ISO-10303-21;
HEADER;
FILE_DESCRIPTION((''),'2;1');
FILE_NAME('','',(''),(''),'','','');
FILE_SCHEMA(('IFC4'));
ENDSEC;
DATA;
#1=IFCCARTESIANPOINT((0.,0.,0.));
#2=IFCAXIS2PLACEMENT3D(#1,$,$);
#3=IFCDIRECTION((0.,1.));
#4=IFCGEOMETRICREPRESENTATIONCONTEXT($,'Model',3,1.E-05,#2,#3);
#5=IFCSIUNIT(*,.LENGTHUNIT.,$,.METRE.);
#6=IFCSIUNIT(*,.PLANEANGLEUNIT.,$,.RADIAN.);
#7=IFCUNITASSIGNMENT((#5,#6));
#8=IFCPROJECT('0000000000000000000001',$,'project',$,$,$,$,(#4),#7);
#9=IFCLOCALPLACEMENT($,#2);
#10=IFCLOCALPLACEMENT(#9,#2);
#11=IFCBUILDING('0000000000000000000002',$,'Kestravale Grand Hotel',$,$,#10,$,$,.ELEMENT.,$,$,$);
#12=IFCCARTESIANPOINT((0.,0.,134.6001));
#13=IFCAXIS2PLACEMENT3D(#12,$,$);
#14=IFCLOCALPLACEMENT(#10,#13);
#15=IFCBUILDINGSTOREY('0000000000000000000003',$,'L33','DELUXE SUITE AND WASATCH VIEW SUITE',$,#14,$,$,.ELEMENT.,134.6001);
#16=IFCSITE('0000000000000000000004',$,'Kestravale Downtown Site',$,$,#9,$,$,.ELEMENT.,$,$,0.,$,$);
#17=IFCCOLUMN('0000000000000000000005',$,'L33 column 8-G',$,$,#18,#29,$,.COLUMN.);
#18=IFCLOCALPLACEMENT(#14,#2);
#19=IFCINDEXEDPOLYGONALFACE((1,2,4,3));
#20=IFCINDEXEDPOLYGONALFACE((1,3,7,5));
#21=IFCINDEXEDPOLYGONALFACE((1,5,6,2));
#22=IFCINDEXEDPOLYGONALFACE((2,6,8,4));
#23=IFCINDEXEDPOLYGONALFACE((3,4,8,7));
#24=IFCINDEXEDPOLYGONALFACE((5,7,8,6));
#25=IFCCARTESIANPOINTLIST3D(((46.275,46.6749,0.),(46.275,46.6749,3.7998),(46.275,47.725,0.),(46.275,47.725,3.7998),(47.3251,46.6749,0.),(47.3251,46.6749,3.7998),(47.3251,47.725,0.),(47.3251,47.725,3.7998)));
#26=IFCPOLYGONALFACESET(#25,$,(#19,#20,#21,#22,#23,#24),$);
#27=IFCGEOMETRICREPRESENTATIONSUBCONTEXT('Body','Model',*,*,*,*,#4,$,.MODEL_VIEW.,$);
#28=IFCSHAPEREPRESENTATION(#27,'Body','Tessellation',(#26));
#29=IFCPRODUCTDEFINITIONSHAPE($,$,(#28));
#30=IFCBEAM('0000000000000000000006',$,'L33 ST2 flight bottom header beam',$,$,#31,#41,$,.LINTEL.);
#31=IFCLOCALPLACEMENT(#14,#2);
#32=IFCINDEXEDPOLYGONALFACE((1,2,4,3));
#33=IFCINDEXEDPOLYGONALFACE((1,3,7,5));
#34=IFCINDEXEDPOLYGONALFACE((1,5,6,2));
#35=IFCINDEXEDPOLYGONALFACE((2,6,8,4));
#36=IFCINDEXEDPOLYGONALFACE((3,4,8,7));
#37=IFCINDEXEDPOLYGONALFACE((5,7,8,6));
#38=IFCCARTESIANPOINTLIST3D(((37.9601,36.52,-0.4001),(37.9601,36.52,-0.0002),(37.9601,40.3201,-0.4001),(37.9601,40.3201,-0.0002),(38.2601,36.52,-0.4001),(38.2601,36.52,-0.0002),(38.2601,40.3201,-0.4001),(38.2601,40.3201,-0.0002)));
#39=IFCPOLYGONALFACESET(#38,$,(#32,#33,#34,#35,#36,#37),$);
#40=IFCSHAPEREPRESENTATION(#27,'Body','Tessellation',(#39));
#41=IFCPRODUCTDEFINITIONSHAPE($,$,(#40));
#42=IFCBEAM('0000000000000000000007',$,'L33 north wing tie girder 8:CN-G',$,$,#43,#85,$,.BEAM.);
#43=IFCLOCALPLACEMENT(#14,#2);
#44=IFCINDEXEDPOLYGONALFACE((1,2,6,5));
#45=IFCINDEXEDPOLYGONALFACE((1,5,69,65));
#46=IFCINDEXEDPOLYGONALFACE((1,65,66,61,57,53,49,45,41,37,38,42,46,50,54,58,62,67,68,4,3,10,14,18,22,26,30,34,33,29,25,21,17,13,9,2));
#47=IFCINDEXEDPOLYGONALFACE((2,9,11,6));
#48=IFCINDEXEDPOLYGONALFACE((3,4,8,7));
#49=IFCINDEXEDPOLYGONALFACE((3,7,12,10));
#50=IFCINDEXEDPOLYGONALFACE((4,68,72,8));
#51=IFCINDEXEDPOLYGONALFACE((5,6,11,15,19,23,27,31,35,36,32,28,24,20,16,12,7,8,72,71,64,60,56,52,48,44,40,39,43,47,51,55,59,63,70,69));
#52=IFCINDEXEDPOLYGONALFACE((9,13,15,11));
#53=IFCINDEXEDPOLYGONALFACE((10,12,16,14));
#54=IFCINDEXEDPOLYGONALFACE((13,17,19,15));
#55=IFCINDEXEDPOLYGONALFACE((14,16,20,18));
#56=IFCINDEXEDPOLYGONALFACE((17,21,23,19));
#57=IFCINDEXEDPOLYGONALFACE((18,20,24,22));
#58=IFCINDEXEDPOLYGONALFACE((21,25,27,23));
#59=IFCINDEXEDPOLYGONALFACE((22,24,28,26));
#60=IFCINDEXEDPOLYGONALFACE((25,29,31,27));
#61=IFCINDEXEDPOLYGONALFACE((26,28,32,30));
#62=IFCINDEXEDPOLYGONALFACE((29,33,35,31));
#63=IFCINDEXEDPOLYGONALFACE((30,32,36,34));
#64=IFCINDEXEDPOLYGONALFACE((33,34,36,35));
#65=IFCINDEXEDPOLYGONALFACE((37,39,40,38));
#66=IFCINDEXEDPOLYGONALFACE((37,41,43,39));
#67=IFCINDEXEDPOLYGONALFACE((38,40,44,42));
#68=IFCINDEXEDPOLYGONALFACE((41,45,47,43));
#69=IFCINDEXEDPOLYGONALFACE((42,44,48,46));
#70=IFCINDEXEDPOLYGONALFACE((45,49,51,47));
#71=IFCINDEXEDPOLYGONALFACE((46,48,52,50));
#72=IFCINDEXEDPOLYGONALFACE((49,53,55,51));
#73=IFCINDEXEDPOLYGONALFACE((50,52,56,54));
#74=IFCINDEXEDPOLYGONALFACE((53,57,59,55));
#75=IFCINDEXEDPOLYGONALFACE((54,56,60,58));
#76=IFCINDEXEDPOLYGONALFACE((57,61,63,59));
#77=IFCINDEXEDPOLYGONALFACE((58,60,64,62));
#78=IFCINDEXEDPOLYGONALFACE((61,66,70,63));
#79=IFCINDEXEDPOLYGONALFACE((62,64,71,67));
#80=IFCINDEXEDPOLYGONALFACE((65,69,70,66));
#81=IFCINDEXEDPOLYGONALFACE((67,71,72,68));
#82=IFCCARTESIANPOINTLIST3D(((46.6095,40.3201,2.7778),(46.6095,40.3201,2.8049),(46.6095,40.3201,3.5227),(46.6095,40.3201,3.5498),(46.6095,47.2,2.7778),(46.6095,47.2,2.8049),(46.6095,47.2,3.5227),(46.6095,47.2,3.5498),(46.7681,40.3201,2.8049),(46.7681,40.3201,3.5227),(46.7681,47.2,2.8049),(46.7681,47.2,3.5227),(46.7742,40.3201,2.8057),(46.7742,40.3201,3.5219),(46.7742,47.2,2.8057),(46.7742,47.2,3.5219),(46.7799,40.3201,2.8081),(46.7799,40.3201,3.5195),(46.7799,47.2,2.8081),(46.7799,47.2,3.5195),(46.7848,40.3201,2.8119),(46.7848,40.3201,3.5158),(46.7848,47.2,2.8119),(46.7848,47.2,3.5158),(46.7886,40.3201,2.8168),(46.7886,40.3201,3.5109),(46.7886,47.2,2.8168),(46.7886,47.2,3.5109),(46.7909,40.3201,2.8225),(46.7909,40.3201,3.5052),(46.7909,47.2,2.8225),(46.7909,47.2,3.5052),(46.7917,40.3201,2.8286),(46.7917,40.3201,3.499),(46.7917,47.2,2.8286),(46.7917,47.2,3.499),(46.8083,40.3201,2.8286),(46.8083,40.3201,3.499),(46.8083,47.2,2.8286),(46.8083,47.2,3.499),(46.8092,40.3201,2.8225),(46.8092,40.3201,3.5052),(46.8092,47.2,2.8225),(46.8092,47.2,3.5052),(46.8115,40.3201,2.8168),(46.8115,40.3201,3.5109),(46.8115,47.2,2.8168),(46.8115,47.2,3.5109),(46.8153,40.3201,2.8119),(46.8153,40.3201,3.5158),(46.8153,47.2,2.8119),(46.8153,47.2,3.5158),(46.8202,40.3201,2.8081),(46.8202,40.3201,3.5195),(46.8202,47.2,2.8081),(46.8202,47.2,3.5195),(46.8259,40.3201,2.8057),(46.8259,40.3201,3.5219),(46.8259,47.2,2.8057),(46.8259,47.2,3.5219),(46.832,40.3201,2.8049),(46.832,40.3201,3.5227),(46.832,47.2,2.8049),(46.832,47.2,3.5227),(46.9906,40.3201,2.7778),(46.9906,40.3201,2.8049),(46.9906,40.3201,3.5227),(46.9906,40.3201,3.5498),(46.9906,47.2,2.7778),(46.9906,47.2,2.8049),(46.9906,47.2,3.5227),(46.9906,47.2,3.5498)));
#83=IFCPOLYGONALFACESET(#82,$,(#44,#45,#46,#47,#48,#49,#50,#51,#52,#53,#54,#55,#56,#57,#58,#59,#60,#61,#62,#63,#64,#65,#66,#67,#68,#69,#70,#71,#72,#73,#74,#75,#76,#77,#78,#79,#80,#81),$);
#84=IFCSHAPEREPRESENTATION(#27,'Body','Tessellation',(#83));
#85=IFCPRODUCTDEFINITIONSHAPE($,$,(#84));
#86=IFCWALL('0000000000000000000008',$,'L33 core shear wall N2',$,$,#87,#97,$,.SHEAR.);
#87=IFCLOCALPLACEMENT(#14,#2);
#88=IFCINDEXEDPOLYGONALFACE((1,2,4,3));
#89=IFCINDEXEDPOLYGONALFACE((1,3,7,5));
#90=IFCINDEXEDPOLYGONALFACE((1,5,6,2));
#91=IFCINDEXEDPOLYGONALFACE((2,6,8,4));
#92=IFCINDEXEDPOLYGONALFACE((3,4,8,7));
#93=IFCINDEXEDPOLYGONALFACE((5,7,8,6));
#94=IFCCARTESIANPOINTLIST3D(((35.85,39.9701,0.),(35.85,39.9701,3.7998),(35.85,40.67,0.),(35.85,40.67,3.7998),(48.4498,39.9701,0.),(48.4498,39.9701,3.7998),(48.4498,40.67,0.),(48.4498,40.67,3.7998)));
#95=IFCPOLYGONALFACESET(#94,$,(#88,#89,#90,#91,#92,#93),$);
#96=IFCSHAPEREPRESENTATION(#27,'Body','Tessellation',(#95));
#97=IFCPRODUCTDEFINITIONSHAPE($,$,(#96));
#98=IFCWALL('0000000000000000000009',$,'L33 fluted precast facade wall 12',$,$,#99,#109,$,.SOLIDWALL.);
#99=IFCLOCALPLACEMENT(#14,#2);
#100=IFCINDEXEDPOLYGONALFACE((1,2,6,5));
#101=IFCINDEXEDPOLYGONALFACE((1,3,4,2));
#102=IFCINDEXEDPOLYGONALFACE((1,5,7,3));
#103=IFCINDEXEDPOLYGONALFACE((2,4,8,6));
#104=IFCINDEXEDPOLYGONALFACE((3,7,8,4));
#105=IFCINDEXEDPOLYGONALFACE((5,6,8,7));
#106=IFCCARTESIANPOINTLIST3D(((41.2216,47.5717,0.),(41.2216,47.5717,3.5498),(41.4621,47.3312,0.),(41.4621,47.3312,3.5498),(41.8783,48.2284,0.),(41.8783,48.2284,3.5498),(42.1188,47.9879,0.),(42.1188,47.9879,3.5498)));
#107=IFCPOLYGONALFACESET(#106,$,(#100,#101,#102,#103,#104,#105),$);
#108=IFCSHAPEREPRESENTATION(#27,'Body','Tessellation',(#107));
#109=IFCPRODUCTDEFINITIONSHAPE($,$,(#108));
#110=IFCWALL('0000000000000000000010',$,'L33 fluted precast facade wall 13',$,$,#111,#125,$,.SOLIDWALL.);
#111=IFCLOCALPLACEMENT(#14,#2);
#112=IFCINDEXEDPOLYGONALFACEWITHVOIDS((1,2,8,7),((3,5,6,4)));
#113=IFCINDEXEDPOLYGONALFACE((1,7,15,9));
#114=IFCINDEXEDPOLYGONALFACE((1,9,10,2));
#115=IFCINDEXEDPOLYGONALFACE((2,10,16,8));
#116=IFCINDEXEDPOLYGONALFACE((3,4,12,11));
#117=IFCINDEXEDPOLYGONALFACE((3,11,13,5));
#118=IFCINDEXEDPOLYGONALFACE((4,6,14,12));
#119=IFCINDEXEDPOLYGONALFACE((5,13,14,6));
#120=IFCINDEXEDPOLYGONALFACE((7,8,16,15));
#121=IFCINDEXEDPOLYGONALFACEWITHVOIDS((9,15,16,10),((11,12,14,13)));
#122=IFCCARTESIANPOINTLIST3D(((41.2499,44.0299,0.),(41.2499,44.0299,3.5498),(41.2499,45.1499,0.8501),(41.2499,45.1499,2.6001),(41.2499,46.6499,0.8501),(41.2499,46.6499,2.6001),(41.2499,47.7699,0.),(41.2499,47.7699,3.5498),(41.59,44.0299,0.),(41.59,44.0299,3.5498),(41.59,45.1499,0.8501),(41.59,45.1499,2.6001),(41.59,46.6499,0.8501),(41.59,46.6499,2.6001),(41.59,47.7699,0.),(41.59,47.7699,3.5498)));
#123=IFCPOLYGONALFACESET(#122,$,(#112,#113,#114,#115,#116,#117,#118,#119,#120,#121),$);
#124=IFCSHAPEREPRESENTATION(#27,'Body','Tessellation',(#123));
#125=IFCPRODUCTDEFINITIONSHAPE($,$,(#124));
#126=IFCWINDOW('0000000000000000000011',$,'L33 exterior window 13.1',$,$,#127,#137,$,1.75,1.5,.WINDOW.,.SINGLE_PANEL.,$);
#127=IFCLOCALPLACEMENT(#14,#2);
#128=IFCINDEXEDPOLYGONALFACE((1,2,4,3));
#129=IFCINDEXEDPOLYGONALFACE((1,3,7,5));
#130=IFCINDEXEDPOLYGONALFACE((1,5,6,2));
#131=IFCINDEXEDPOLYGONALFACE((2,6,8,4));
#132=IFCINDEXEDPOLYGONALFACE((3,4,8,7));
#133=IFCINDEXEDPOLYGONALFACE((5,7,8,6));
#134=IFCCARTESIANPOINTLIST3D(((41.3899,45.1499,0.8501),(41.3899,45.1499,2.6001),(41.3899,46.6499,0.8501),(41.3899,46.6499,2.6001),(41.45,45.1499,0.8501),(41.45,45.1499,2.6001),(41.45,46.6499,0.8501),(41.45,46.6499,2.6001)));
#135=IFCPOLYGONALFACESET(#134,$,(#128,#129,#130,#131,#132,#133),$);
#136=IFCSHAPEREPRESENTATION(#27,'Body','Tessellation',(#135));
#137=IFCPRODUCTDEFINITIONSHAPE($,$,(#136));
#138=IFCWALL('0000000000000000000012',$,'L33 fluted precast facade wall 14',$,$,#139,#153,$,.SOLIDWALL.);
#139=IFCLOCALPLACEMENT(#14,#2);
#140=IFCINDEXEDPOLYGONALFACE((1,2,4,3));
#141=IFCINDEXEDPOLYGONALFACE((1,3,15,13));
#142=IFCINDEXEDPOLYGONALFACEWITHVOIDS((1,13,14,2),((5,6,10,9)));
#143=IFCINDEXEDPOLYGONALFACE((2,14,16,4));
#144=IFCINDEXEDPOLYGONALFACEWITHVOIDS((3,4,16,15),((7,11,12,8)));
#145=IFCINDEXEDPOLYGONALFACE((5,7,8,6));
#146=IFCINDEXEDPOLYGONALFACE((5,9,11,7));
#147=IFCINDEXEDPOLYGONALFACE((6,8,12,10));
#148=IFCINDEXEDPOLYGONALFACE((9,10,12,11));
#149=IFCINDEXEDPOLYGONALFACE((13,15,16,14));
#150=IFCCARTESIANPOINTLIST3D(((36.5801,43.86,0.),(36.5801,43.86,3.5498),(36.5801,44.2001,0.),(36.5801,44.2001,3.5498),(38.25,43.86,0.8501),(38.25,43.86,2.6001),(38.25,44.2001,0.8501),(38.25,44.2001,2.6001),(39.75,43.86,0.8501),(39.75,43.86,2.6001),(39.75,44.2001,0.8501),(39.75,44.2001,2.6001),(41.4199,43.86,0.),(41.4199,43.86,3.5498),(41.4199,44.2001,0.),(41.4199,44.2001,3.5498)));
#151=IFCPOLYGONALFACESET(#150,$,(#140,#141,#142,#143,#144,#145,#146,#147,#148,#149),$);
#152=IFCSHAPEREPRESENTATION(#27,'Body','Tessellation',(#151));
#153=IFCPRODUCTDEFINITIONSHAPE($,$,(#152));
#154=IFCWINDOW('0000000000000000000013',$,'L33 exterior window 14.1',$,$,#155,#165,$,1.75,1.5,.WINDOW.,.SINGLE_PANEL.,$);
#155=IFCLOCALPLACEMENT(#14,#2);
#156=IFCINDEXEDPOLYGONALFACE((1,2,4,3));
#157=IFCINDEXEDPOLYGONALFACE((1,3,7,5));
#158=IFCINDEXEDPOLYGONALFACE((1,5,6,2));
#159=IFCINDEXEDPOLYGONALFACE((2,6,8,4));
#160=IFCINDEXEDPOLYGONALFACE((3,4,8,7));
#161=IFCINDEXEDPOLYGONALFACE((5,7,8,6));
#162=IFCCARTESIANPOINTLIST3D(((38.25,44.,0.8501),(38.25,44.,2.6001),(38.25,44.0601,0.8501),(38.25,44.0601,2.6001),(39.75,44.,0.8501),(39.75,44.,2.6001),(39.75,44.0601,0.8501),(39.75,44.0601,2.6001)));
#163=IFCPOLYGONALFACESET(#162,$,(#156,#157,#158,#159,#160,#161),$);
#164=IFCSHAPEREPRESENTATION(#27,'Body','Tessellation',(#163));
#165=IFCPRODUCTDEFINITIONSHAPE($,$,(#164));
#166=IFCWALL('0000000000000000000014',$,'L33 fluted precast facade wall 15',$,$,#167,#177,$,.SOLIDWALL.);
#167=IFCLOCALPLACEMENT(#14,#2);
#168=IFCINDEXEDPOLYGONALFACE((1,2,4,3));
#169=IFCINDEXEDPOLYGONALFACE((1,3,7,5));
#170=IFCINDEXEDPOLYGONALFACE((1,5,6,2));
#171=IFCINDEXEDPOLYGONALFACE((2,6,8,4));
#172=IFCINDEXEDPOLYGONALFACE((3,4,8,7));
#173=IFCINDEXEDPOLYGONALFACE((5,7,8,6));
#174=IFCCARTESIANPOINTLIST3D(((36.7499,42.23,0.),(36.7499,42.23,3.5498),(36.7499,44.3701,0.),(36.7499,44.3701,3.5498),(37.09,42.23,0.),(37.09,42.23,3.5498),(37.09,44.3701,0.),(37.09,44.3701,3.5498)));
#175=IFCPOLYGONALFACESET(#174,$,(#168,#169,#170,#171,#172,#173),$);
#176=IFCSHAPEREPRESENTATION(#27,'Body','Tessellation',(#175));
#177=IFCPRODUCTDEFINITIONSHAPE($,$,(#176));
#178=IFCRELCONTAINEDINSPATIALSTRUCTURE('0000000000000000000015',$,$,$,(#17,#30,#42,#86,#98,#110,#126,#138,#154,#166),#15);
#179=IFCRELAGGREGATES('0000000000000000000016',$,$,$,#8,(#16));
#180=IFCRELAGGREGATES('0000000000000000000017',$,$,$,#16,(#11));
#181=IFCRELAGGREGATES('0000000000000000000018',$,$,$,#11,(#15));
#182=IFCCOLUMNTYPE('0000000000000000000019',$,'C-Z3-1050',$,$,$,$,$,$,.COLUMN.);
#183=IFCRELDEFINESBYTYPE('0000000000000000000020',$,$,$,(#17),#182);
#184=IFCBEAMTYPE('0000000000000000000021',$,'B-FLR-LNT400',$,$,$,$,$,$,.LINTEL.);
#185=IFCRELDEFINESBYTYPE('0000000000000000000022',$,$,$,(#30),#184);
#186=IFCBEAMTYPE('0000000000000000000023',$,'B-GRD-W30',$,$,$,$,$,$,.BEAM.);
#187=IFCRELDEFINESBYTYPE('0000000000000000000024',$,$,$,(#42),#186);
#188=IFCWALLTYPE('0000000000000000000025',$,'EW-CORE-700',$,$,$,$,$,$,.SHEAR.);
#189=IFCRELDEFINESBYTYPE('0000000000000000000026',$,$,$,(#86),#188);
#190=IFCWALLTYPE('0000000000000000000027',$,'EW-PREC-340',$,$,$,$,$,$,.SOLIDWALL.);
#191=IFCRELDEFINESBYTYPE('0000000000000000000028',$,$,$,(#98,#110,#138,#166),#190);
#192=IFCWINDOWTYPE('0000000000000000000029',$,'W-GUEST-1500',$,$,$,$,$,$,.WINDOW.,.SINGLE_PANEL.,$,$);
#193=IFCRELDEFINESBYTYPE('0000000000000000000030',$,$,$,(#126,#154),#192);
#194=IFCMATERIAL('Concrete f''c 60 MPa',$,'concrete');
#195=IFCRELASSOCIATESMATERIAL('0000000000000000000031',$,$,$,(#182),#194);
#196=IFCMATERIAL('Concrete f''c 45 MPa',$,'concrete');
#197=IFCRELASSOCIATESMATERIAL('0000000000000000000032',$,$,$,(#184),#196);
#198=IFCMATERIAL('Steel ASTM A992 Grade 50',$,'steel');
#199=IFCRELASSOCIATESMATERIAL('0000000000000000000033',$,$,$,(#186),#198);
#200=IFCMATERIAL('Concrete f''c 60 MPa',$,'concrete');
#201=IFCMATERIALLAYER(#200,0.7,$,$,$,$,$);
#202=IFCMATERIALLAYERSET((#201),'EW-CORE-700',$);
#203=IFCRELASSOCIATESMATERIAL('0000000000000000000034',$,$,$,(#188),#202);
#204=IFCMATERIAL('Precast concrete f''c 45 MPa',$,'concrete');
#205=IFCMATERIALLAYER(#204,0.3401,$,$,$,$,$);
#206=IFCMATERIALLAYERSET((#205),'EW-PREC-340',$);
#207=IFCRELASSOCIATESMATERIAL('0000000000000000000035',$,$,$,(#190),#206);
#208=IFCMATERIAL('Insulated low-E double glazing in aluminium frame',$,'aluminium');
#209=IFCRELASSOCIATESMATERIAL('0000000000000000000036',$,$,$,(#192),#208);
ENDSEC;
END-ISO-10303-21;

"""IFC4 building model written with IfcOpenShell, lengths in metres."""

from ifc_helpers import new_model, si_unit, direction, frame, frame_2d, origin, origin_2d, place, context, subcontext, project, spatial, rectangle, i_section, extrude, material, layer, layer_set, material_profile, profile_set, type_object, element, fill, save


model = new_model("IFC4")

# Units and contexts
model_context = context("Model", 3, precision=1e-05, world=origin(), true_north=direction((0.0, 1.0)))
body_context = subcontext(model_context, "Body", "Model", "MODEL_VIEW")
ifc_project = project(units=[si_unit("LENGTHUNIT", "METRE"), si_unit("PLANEANGLEUNIT", "RADIAN")], contexts=[model_context])

# Site, building, storey
site_placement = place(None, origin())
site = spatial("IfcSite", under=ifc_project, at=site_placement, Name="Kestravale Downtown Site", CompositionType="ELEMENT", RefElevation=0.0)
building_placement = place(site_placement, origin())
building = spatial("IfcBuilding", under=site, at=building_placement, Name="Kestravale Grand Hotel", CompositionType="ELEMENT")
storey_placement = place(building_placement, frame((0.0, 0.0, 134.6001)))
storey = spatial("IfcBuildingStorey", under=building, at=storey_placement, Name="L33", Description="DELUXE SUITE AND WASATCH VIEW SUITE", CompositionType="ELEMENT", Elevation=134.6001)

# Column
ifc_material_1 = material(Name="Concrete f'c 60 MPa", Category="concrete")
ifc_material_profile_1 = material_profile(ifc_material_1, rectangle(XDim=1.05, YDim=1.05, at=origin_2d()))
ifc_profile_set_1 = profile_set([ifc_material_profile_1], Name="Concrete f'c 60 MPa")
column_type = type_object("IfcColumnType", Name="C-Z3-1050", PredefinedType="COLUMN", material=ifc_profile_set_1)
column_placement = place(storey_placement, frame((46.8, 47.2, 0.0), z_axis=(0.0, 0.0, 1.0), x_axis=(1.0, 0.0, 0.0)))
element("IfcColumn", 1, at=column_placement, inside=storey, type_object=column_type, Name="L33 column 8-G", PredefinedType="COLUMN", context=body_context, shape_type="SweptSolid", body=[
    extrude(rectangle(XDim=1.05, YDim=1.05, at=origin_2d()), origin(), (0.0, 0.0, 1.0), 3.7998),
])

# Beams
ifc_material_2 = material(Name="Concrete f'c 45 MPa", Category="concrete")
ifc_material_profile_2 = material_profile(ifc_material_2, rectangle(XDim=0.3, YDim=0.3999, at=origin_2d()))
ifc_profile_set_2 = profile_set([ifc_material_profile_2], Name="Concrete f'c 45 MPa")
beam_type_1 = type_object("IfcBeamType", Name="B-FLR-LNT400", PredefinedType="LINTEL", material=ifc_profile_set_2)
beam_1_placement = place(storey_placement, frame((38.1101, 36.52, -0.2002), z_axis=(0.0, 1.0, 0.0), x_axis=(-1.0, 0.0, 0.0)))
element("IfcBeam", 2, at=beam_1_placement, inside=storey, type_object=beam_type_1, Name="L33 ST2 flight bottom header beam", PredefinedType="LINTEL", context=body_context, shape_type="SweptSolid", body=[
    extrude(rectangle(XDim=0.3, YDim=0.3999, at=origin_2d()), origin(), (0.0, 0.0, 1.0), 3.8),
])
ifc_material_3 = material(Name="Steel ASTM A992 Grade 50", Category="steel")
ifc_material_profile_3 = material_profile(ifc_material_3, i_section(OverallWidth=0.3811, OverallDepth=0.772, WebThickness=0.0166, FlangeThickness=0.0271, FilletRadius=0.0237, at=origin_2d()))
ifc_profile_set_3 = profile_set([ifc_material_profile_3], Name="Steel ASTM A992 Grade 50")
beam_type_2 = type_object("IfcBeamType", Name="B-GRD-W30", PredefinedType="BEAM", material=ifc_profile_set_3)
beam_2_placement = place(storey_placement, frame((46.8, 40.3201, 3.1638), z_axis=(0.0, 1.0, 0.0), x_axis=(-1.0, 0.0, 0.0)))
element("IfcBeam", 3, at=beam_2_placement, inside=storey, type_object=beam_type_2, Name="L33 north wing tie girder 8:CN-G", PredefinedType="BEAM", context=body_context, shape_type="SweptSolid", body=[
    extrude(i_section(OverallWidth=0.3811, OverallDepth=0.772, WebThickness=0.0166, FlangeThickness=0.0271, FilletRadius=0.0237, at=origin_2d()), origin(), (0.0, 0.0, 1.0), 6.8799),
])

# Walls
ifc_material_4 = material(Name="Concrete f'c 60 MPa", Category="concrete")
ifc_layer_1 = layer(ifc_material_4, 0.7)
ifc_layer_set_1 = layer_set([ifc_layer_1], Name="EW-CORE-700")
wall_type_1 = type_object("IfcWallType", Name="EW-CORE-700", PredefinedType="SHEAR", material=ifc_layer_set_1)
wall_1_placement = place(storey_placement, frame((35.8501, 40.3201, 0.0), z_axis=(0.0, 0.0, 1.0), x_axis=(1.0, 0.0, 0.0)))
element("IfcWall", 4, at=wall_1_placement, inside=storey, type_object=wall_type_1, Name="L33 core shear wall N2", PredefinedType="SHEAR", context=body_context, shape_type="SweptSolid", body=[
    extrude(rectangle(XDim=12.5999, YDim=0.7, at=frame_2d((6.2998, 0.0))), origin(), (0.0, 0.0, 1.0), 3.7998),
])
ifc_material_5 = material(Name="Precast concrete f'c 45 MPa", Category="concrete")
ifc_layer_2 = layer(ifc_material_5, 0.3401)
ifc_layer_set_2 = layer_set([ifc_layer_2], Name="EW-PREC-340")
wall_type_2 = type_object("IfcWallType", Name="EW-PREC-340", PredefinedType="SOLIDWALL", material=ifc_layer_set_2)
wall_2_placement = place(storey_placement, frame((41.9985, 48.1082, 0.0), z_axis=(0.0, 0.0, 1.0), x_axis=(-0.707107, -0.707107, 0.0)))
element("IfcWall", 5, at=wall_2_placement, inside=storey, type_object=wall_type_2, Name="L33 fluted precast facade wall 12", PredefinedType="SOLIDWALL", context=body_context, shape_type="SweptSolid", body=[
    extrude(rectangle(XDim=0.9287, YDim=0.3401, at=frame_2d((0.4644, 0.0))), origin(), (0.0, 0.0, 1.0), 3.5498),
])

# Walls, openings, windows
wall_3_placement = place(storey_placement, frame((41.4199, 47.77, 0.0), z_axis=(0.0, 0.0, 1.0), x_axis=(0.0, -1.0, 0.0)))
wall_3 = element("IfcWall", 6, at=wall_3_placement, inside=storey, type_object=wall_type_2, Name="L33 fluted precast facade wall 13", PredefinedType="SOLIDWALL", context=body_context, shape_type="SweptSolid", body=[
    extrude(rectangle(XDim=3.74, YDim=0.3401, at=frame_2d((1.8701, 0.0))), origin(), (0.0, 0.0, 1.0), 3.5498),
])
opening_1_placement = place(wall_3_placement, frame((1.1201, 0.0, 0.8501)))
opening_1 = element("IfcOpeningElement", 7, at=opening_1_placement, cuts=wall_3, PredefinedType="OPENING", context=body_context, shape_type="SweptSolid", body=[
    extrude(rectangle(XDim=1.5, YDim=1.75, at=frame_2d((0.75, 0.875))), frame((0.0, 0.1799, 0.0), z_axis=(0.0, -1.0, 0.0), x_axis=(1.0, 0.0, 0.0)), (0.0, 0.0, 1.0), 0.3601),
])
ifc_material_6 = material(Name="Insulated low-E double glazing in aluminium frame", Category="aluminium")
window_type = type_object("IfcWindowType", Name="W-GUEST-1500", PartitioningType="SINGLE_PANEL", PredefinedType="WINDOW", material=ifc_material_6)
window_1_placement = place(opening_1_placement, origin())
window_1 = element("IfcWindow", 8, at=window_1_placement, inside=storey, type_object=window_type, Name="L33 exterior window 13.1", OverallHeight=1.75, OverallWidth=1.5, PartitioningType="SINGLE_PANEL", PredefinedType="WINDOW", context=body_context, shape_type="SweptSolid", body=[
    extrude(rectangle(XDim=1.5, YDim=1.75, at=frame_2d((0.75, 0.875))), frame((0.0, 0.03, 0.0), z_axis=(0.0, -1.0, 0.0), x_axis=(1.0, 0.0, 0.0)), (0.0, 0.0, 1.0), 0.0601),
])
fill(opening_1, window_1)
wall_4_placement = place(storey_placement, frame((41.4199, 44.03, 0.0), z_axis=(0.0, 0.0, 1.0), x_axis=(-1.0, 0.0, 0.0)))
wall_4 = element("IfcWall", 9, at=wall_4_placement, inside=storey, type_object=wall_type_2, Name="L33 fluted precast facade wall 14", PredefinedType="SOLIDWALL", context=body_context, shape_type="SweptSolid", body=[
    extrude(rectangle(XDim=4.8398, YDim=0.3401, at=frame_2d((2.4199, 0.0))), origin(), (0.0, 0.0, 1.0), 3.5498),
])
opening_2_placement = place(wall_4_placement, frame((1.6699, 0.0, 0.8501)))
opening_2 = element("IfcOpeningElement", 10, at=opening_2_placement, cuts=wall_4, PredefinedType="OPENING", context=body_context, shape_type="SweptSolid", body=[
    extrude(rectangle(XDim=1.5, YDim=1.75, at=frame_2d((0.75, 0.875))), frame((0.0, 0.1799, 0.0), z_axis=(0.0, -1.0, 0.0), x_axis=(1.0, 0.0, 0.0)), (0.0, 0.0, 1.0), 0.3601),
])
window_2_placement = place(opening_2_placement, origin())
window_2 = element("IfcWindow", 11, at=window_2_placement, inside=storey, type_object=window_type, Name="L33 exterior window 14.1", OverallHeight=1.75, OverallWidth=1.5, PartitioningType="SINGLE_PANEL", PredefinedType="WINDOW", context=body_context, shape_type="SweptSolid", body=[
    extrude(rectangle(XDim=1.5, YDim=1.75, at=frame_2d((0.75, 0.875))), frame((0.0, 0.03, 0.0), z_axis=(0.0, -1.0, 0.0), x_axis=(1.0, 0.0, 0.0)), (0.0, 0.0, 1.0), 0.0601),
])
fill(opening_2, window_2)

# Wall
wall_5_placement = place(storey_placement, frame((36.9199, 44.3701, 0.0), z_axis=(0.0, 0.0, 1.0), x_axis=(0.0, -1.0, 0.0)))
element("IfcWall", 12, at=wall_5_placement, inside=storey, type_object=wall_type_2, Name="L33 fluted precast facade wall 15", PredefinedType="SOLIDWALL", context=body_context, shape_type="SweptSolid", body=[
    extrude(rectangle(XDim=2.1401, YDim=0.3401, at=frame_2d((1.0701, 0.0))), origin(), (0.0, 0.0, 1.0), 3.5498),
])

save(model, "model.ifc")
